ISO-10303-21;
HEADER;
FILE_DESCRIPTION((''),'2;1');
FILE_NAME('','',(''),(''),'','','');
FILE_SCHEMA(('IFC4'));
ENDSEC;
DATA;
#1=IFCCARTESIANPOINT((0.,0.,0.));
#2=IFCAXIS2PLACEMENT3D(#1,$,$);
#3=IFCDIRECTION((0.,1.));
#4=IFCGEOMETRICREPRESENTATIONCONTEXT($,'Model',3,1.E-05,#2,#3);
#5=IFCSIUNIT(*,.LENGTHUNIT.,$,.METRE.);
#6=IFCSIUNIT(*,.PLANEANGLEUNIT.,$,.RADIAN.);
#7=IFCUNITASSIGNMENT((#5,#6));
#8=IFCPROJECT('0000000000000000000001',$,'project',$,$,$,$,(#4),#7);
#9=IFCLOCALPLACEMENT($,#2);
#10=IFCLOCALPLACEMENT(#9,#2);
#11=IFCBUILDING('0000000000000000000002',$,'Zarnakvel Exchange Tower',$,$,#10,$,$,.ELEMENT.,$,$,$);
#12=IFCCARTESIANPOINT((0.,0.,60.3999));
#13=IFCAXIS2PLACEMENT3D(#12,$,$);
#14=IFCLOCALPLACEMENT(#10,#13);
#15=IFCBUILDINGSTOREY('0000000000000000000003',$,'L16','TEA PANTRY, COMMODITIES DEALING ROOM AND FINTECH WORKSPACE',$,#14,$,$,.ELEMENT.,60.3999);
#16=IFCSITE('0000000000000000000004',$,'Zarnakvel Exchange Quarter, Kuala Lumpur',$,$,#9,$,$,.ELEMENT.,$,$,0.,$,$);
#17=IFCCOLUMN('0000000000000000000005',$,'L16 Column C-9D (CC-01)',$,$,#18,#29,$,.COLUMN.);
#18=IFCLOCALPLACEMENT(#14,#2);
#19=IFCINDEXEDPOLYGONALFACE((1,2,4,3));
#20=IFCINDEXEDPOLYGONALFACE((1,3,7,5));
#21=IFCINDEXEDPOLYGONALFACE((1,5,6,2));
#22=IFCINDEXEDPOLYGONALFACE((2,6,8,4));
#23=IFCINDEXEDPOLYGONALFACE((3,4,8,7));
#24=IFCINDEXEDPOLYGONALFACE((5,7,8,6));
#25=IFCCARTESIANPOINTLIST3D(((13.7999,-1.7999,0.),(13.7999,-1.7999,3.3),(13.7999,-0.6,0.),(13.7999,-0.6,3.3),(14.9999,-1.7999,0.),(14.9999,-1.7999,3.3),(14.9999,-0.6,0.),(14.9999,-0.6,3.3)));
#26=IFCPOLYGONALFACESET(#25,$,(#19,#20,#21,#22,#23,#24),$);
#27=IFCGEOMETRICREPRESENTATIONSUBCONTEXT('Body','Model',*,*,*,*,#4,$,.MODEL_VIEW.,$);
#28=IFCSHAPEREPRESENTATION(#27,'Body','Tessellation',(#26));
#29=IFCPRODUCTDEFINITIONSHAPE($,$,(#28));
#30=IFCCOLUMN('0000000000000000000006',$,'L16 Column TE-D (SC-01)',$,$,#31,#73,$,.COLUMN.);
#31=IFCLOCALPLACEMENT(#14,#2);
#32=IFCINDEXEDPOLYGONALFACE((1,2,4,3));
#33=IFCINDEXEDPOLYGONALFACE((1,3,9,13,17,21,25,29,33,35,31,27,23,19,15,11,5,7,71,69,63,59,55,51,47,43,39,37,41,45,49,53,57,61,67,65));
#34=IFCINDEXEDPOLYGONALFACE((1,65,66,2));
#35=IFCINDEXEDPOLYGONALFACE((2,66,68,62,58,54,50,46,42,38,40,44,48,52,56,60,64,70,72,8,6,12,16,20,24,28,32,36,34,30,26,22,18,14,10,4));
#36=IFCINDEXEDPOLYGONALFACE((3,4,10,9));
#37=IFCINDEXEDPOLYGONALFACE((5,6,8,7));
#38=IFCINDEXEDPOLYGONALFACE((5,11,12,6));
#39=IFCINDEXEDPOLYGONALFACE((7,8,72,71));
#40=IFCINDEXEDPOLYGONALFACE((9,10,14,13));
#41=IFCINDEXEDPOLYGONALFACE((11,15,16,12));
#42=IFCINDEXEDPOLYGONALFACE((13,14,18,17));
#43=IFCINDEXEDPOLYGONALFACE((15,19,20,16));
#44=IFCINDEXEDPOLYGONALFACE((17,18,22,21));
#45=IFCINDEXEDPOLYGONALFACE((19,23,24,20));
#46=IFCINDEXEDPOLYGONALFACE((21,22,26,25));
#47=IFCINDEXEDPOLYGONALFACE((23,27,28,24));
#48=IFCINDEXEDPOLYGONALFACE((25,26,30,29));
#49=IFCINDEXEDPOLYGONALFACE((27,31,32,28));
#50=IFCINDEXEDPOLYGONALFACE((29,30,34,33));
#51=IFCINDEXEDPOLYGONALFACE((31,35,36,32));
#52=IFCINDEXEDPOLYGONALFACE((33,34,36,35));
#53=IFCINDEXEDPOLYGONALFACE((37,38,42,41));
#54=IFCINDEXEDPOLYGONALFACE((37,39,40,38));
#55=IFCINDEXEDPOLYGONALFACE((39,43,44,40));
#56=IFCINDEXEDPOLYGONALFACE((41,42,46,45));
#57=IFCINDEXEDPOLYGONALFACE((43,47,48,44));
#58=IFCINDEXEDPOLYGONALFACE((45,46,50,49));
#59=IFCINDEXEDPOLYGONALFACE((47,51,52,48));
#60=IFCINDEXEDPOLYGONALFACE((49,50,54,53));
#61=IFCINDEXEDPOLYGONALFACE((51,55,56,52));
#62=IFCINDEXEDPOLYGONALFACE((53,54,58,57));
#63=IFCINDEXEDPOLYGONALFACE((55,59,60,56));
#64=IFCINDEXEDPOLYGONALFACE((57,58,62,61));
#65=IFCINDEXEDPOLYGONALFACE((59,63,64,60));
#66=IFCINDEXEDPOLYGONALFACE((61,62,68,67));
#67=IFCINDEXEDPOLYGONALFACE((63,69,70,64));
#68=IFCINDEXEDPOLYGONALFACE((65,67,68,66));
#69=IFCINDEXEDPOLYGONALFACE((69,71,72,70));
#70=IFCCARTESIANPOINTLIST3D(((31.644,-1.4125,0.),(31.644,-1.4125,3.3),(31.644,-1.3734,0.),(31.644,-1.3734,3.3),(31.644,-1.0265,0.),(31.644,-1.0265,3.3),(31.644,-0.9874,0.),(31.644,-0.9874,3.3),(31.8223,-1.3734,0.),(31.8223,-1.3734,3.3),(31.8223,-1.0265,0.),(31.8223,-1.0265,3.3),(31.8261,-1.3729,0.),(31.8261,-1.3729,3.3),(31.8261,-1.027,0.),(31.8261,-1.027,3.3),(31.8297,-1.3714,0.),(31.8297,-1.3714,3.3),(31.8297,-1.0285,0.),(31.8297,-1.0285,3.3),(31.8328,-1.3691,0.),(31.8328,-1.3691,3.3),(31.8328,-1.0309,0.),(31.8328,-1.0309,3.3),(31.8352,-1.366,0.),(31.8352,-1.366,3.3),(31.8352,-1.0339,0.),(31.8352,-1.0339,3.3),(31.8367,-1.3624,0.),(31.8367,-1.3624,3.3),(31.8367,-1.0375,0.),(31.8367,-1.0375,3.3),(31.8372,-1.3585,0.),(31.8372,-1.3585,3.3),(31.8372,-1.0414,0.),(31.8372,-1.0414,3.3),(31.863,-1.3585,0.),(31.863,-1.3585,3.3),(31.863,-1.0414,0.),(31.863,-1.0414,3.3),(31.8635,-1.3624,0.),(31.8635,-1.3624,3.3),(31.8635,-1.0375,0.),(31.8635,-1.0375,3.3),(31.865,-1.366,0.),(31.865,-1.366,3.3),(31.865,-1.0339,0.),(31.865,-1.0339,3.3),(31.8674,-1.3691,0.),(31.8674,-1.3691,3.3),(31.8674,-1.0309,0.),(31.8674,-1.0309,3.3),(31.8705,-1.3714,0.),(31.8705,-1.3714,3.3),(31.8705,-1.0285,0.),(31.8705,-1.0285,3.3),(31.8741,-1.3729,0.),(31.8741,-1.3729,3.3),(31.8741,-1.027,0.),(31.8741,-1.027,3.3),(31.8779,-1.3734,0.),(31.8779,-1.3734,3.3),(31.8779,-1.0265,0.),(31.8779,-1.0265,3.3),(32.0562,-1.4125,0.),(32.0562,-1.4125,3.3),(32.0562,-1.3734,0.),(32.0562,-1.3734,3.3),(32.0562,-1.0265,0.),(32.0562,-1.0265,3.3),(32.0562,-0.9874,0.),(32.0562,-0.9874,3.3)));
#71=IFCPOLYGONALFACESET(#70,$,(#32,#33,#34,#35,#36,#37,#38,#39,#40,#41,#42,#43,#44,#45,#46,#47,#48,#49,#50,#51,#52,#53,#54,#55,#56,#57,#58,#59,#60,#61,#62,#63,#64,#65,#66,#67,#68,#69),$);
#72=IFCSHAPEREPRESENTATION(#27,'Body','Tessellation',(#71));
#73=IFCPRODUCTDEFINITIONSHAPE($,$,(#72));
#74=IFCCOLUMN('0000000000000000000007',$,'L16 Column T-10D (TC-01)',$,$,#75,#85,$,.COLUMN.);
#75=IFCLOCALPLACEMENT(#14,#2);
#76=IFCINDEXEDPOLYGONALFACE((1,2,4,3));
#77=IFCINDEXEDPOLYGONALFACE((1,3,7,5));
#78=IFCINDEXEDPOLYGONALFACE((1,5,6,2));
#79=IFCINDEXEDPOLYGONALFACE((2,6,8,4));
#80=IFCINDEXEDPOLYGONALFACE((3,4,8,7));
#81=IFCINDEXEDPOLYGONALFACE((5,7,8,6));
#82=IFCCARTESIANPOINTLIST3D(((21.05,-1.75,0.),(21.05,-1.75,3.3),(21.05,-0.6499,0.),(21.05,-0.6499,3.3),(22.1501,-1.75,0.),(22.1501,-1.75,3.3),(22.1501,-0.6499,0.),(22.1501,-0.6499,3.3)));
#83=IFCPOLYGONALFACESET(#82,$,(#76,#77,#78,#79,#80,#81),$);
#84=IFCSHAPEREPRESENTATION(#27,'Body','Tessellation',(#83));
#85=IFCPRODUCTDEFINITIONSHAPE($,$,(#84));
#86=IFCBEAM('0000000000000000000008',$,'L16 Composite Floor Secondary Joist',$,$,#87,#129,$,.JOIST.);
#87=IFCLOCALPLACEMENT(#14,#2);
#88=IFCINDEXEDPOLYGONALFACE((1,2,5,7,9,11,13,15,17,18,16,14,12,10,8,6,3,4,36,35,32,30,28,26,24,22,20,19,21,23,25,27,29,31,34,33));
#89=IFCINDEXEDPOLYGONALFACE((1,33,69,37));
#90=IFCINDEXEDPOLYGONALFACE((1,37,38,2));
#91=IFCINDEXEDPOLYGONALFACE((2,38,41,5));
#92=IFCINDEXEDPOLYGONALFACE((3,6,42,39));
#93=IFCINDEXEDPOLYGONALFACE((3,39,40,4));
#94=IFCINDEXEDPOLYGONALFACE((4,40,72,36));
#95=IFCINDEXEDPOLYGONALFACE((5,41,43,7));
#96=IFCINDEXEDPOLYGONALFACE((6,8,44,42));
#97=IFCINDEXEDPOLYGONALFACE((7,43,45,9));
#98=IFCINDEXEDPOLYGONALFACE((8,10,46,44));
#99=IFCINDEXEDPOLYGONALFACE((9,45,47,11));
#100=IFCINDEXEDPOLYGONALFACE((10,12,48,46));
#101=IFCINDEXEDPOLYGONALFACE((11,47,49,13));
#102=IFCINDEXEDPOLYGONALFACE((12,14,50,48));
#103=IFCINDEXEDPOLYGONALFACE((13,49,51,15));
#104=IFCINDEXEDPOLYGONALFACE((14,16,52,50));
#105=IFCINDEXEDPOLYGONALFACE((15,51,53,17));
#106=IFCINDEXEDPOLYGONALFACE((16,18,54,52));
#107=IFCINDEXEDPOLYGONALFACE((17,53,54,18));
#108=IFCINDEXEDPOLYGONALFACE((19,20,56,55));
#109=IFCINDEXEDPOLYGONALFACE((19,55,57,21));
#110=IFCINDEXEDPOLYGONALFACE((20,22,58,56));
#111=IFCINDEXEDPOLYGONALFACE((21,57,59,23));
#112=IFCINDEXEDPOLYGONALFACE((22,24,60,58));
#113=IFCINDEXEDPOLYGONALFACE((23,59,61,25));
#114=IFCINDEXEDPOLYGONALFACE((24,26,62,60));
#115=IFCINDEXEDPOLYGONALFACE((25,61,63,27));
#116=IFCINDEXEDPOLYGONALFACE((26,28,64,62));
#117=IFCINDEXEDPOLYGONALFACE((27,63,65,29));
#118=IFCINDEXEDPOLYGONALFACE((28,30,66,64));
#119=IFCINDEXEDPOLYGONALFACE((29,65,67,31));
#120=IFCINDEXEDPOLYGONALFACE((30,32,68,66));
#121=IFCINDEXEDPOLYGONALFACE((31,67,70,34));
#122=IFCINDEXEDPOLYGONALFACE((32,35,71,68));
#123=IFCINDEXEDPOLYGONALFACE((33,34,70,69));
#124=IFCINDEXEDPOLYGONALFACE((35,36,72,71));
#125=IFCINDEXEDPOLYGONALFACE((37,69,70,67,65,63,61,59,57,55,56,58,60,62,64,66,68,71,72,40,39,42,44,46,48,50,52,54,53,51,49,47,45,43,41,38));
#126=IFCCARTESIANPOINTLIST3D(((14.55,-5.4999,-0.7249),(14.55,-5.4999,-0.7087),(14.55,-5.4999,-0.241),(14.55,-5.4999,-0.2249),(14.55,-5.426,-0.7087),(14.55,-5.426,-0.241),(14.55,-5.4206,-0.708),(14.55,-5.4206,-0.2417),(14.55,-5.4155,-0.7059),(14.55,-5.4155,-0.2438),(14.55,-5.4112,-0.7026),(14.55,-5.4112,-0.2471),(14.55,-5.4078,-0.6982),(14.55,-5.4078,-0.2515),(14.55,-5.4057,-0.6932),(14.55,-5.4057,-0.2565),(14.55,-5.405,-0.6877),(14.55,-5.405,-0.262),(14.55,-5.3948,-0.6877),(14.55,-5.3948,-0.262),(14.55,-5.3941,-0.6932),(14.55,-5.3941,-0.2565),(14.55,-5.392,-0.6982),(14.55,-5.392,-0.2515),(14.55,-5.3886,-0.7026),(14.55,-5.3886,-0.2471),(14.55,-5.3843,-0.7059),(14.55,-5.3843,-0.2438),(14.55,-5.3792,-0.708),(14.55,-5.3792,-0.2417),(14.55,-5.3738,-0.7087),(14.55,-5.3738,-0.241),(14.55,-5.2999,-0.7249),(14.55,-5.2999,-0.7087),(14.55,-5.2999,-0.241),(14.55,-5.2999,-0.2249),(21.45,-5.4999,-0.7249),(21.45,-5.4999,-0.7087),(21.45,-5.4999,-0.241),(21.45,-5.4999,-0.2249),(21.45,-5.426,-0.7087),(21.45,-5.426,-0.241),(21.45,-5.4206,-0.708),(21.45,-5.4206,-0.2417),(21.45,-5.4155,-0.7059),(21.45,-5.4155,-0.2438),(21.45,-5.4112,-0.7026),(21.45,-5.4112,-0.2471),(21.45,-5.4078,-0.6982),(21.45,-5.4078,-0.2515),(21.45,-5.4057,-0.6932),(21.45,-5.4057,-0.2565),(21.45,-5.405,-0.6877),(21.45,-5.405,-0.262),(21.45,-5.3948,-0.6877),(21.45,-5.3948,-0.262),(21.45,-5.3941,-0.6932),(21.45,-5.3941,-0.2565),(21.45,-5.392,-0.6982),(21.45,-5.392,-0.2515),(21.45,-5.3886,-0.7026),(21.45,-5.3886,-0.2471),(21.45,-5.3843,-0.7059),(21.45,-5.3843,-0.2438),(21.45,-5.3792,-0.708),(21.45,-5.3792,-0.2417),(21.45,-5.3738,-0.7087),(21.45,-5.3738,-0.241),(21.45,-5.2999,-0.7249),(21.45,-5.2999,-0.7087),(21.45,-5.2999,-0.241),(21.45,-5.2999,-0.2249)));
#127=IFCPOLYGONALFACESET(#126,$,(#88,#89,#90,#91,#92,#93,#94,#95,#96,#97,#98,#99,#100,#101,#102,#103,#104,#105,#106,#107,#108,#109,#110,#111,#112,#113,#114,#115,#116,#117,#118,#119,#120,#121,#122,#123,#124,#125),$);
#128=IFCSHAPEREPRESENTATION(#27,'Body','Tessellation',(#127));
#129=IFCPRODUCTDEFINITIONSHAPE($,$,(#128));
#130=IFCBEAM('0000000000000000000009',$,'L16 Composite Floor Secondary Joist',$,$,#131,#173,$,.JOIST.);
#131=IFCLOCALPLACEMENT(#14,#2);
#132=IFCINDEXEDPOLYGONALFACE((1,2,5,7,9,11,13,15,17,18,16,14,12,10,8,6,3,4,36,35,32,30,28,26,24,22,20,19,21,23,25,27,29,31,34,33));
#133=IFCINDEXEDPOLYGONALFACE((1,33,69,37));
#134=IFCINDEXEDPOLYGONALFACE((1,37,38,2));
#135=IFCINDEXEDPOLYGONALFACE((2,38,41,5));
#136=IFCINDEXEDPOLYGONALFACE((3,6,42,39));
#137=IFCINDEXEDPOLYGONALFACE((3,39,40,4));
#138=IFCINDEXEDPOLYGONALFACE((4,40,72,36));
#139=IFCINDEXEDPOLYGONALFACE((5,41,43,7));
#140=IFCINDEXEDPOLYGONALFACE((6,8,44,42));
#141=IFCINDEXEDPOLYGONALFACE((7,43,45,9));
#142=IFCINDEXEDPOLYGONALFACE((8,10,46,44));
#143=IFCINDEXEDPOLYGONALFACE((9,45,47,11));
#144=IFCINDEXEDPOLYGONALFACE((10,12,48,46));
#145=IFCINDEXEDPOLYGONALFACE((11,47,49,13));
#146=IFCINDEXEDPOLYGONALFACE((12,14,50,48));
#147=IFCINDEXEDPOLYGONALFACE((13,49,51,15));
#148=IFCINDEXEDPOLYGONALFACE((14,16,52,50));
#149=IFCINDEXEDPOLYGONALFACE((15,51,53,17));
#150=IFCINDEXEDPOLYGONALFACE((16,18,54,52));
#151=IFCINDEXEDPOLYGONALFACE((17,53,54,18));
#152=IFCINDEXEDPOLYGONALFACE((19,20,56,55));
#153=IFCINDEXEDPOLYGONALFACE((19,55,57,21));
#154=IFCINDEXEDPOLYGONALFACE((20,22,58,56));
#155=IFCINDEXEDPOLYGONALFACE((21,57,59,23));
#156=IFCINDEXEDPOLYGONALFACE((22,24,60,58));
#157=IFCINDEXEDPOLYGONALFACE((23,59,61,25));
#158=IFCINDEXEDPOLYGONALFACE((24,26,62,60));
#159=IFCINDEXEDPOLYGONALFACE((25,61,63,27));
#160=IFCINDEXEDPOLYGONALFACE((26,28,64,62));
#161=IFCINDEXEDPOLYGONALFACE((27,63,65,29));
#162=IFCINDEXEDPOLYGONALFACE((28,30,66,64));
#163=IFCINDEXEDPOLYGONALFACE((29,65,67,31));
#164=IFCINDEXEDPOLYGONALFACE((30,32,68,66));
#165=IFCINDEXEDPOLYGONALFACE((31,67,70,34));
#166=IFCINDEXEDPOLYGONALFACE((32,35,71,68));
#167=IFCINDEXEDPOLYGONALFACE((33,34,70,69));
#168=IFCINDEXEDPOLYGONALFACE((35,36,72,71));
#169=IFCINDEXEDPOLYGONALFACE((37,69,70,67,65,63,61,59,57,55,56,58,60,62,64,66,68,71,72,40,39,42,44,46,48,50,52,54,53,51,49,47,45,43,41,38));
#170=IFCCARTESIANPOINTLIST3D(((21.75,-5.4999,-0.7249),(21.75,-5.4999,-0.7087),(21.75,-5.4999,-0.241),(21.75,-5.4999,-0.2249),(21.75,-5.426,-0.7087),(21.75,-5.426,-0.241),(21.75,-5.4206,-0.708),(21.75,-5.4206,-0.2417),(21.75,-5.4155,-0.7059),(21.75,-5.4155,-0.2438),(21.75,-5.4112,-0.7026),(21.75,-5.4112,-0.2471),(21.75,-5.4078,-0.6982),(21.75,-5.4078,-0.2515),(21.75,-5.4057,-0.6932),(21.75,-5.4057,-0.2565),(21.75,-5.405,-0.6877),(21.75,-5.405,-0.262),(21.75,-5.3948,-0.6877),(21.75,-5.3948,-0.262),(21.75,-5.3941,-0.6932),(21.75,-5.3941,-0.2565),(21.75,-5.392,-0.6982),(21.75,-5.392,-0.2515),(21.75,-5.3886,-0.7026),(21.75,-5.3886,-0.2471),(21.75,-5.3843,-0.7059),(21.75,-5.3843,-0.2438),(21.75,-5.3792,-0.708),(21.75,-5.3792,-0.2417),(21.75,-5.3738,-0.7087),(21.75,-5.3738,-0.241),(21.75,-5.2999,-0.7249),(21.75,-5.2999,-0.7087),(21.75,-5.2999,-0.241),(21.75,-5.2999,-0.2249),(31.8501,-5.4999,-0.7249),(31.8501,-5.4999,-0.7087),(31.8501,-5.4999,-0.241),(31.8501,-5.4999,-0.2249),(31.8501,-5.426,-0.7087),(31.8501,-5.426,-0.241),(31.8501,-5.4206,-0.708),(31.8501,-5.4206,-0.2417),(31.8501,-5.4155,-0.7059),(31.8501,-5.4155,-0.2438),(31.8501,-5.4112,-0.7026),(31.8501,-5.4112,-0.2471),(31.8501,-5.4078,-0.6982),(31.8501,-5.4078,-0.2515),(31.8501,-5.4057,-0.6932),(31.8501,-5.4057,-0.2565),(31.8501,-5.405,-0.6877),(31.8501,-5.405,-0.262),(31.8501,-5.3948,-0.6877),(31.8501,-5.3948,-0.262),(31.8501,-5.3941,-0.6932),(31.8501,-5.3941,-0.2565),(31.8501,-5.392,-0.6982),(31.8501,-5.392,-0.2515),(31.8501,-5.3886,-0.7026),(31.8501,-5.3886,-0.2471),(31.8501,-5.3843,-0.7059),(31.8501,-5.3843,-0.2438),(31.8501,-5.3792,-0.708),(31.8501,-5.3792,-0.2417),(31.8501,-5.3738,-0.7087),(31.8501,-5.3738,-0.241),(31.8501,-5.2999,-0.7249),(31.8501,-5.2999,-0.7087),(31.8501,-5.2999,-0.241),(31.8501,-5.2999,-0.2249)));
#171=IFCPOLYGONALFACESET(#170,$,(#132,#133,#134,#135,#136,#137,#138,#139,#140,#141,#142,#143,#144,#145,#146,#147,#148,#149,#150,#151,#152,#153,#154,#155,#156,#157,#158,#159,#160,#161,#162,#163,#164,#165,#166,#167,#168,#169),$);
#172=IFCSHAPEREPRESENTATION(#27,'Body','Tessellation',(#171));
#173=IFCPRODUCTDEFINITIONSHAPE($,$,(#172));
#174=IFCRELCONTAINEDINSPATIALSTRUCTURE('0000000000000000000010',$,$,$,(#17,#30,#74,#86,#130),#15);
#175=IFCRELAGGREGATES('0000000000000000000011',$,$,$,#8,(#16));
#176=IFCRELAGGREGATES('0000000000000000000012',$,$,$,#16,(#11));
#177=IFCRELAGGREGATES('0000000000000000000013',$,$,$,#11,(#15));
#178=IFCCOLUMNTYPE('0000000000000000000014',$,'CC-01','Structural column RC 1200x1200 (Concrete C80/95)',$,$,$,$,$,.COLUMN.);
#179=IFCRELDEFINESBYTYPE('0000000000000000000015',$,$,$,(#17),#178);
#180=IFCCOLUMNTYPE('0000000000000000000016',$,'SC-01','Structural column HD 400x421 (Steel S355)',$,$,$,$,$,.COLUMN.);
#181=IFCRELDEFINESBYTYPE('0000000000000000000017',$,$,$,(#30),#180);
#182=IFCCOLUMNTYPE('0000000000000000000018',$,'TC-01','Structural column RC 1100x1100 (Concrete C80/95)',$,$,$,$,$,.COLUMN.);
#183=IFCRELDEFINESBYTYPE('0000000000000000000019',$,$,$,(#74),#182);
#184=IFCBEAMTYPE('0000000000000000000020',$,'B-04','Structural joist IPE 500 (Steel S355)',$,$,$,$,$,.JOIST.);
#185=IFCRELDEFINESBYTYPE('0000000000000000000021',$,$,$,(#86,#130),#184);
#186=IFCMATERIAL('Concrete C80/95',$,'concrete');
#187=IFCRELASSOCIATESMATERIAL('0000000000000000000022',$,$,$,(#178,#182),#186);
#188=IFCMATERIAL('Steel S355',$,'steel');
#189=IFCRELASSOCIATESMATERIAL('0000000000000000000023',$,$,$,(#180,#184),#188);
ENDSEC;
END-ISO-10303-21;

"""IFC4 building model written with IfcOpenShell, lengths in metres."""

from ifc_helpers import new_model, si_unit, direction, frame, origin, origin_2d, place, context, subcontext, project, spatial, rectangle, i_section, extrude, material, material_profile, profile_set, type_object, element, save


model = new_model("IFC4")

# Units and contexts
model_context = context("Model", 3, precision=1e-05, world=origin(), true_north=direction((0.0, 1.0)))
body_context = subcontext(model_context, "Body", "Model", "MODEL_VIEW")
ifc_project = project(units=[si_unit("LENGTHUNIT", "METRE"), si_unit("PLANEANGLEUNIT", "RADIAN")], contexts=[model_context])

# Site, building, storey
site_placement = place(None, origin())
site = spatial("IfcSite", under=ifc_project, at=site_placement, Name="Zarnakvel Exchange Quarter, Kuala Lumpur", CompositionType="ELEMENT", RefElevation=0.0)
building_placement = place(site_placement, origin())
building = spatial("IfcBuilding", under=site, at=building_placement, Name="Zarnakvel Exchange Tower", CompositionType="ELEMENT")
storey_placement = place(building_placement, frame((0.0, 0.0, 60.3999)))
storey = spatial("IfcBuildingStorey", under=building, at=storey_placement, Name="L16", Description="TEA PANTRY, COMMODITIES DEALING ROOM AND FINTECH WORKSPACE", CompositionType="ELEMENT", Elevation=60.3999)

# Columns
ifc_material_1 = material(Name="Concrete C80/95", Category="concrete")
ifc_material_profile_1 = material_profile(ifc_material_1, rectangle(XDim=1.2, YDim=1.2, at=origin_2d()))
ifc_profile_set_1 = profile_set([ifc_material_profile_1], Name="Concrete C80/95")
column_type_1 = type_object("IfcColumnType", Name="CC-01", Description="Structural column RC 1200x1200 (Concrete C80/95)", PredefinedType="COLUMN", material=ifc_profile_set_1)
column_1_placement = place(storey_placement, frame((14.3999, -1.2, 0.0), z_axis=(0.0, 0.0, 1.0), x_axis=(1.0, 0.0, 0.0)))
element("IfcColumn", 1, at=column_1_placement, inside=storey, type_object=column_type_1, Name="L16 Column C-9D (CC-01)", PredefinedType="COLUMN", context=body_context, shape_type="SweptSolid", body=[
    extrude(rectangle(XDim=1.2, YDim=1.2, at=origin_2d()), origin(), (0.0, 0.0, 1.0), 3.3),
])
ifc_material_2 = material(Name="Steel S355", Category="steel")
ifc_material_profile_2 = material_profile(ifc_material_2, i_section(OverallWidth=0.4121, OverallDepth=0.425, WebThickness=0.0259, FlangeThickness=0.0391, FilletRadius=0.0149, at=origin_2d()))
ifc_profile_set_2 = profile_set([ifc_material_profile_2], Name="Steel S355")
column_type_2 = type_object("IfcColumnType", Name="SC-01", Description="Structural column HD 400x421 (Steel S355)", PredefinedType="COLUMN", material=ifc_profile_set_2)
column_2_placement = place(storey_placement, frame((31.8501, -1.2, 0.0), z_axis=(0.0, 0.0, 1.0), x_axis=(1.0, 0.0, 0.0)))
element("IfcColumn", 2, at=column_2_placement, inside=storey, type_object=column_type_2, Name="L16 Column TE-D (SC-01)", PredefinedType="COLUMN", context=body_context, shape_type="SweptSolid", body=[
    extrude(i_section(OverallWidth=0.4121, OverallDepth=0.425, WebThickness=0.0259, FlangeThickness=0.0391, FilletRadius=0.0149, at=origin_2d()), origin(), (0.0, 0.0, 1.0), 3.3),
])
ifc_material_profile_3 = material_profile(ifc_material_1, rectangle(XDim=1.1001, YDim=1.1001, at=origin_2d()))
ifc_profile_set_3 = profile_set([ifc_material_profile_3], Name="Concrete C80/95")
column_type_3 = type_object("IfcColumnType", Name="TC-01", Description="Structural column RC 1100x1100 (Concrete C80/95)", PredefinedType="COLUMN", material=ifc_profile_set_3)
column_3_placement = place(storey_placement, frame((21.6001, -1.2, 0.0), z_axis=(0.0, 0.0, 1.0), x_axis=(1.0, 0.0, 0.0)))
element("IfcColumn", 3, at=column_3_placement, inside=storey, type_object=column_type_3, Name="L16 Column T-10D (TC-01)", PredefinedType="COLUMN", context=body_context, shape_type="SweptSolid", body=[
    extrude(rectangle(XDim=1.1001, YDim=1.1001, at=origin_2d()), origin(), (0.0, 0.0, 1.0), 3.3),
])

# Beams
ifc_material_profile_4 = material_profile(ifc_material_2, i_section(OverallWidth=0.2, OverallDepth=0.5, WebThickness=0.0103, FlangeThickness=0.0161, FilletRadius=0.021, at=origin_2d()))
ifc_profile_set_4 = profile_set([ifc_material_profile_4], Name="Steel S355")
beam_type_1 = type_object("IfcBeamType", Name="B-04", Description="Structural joist IPE 500 (Steel S355)", PredefinedType="JOIST", material=ifc_profile_set_4)
beam_1_placement = place(storey_placement, frame((14.55, -5.3999, -0.4749), z_axis=(1.0, 0.0, 0.0), x_axis=(0.0, 1.0, 0.0)))
element("IfcBeam", 4, at=beam_1_placement, inside=storey, type_object=beam_type_1, Name="L16 Composite Floor Secondary Joist", PredefinedType="JOIST", context=body_context, shape_type="SweptSolid", body=[
    extrude(i_section(OverallWidth=0.2, OverallDepth=0.5, WebThickness=0.0103, FlangeThickness=0.0161, FilletRadius=0.021, at=origin_2d()), origin(), (0.0, 0.0, 1.0), 6.8999),
])
beam_2_placement = place(storey_placement, frame((21.75, -5.3999, -0.4749), z_axis=(1.0, 0.0, 0.0), x_axis=(0.0, 1.0, 0.0)))
element("IfcBeam", 5, at=beam_2_placement, inside=storey, type_object=beam_type_1, Name="L16 Composite Floor Secondary Joist", PredefinedType="JOIST", context=body_context, shape_type="SweptSolid", body=[
    extrude(i_section(OverallWidth=0.2, OverallDepth=0.5, WebThickness=0.0103, FlangeThickness=0.0161, FilletRadius=0.021, at=origin_2d()), origin(), (0.0, 0.0, 1.0), 10.1001),
])

save(model, "model.ifc")
